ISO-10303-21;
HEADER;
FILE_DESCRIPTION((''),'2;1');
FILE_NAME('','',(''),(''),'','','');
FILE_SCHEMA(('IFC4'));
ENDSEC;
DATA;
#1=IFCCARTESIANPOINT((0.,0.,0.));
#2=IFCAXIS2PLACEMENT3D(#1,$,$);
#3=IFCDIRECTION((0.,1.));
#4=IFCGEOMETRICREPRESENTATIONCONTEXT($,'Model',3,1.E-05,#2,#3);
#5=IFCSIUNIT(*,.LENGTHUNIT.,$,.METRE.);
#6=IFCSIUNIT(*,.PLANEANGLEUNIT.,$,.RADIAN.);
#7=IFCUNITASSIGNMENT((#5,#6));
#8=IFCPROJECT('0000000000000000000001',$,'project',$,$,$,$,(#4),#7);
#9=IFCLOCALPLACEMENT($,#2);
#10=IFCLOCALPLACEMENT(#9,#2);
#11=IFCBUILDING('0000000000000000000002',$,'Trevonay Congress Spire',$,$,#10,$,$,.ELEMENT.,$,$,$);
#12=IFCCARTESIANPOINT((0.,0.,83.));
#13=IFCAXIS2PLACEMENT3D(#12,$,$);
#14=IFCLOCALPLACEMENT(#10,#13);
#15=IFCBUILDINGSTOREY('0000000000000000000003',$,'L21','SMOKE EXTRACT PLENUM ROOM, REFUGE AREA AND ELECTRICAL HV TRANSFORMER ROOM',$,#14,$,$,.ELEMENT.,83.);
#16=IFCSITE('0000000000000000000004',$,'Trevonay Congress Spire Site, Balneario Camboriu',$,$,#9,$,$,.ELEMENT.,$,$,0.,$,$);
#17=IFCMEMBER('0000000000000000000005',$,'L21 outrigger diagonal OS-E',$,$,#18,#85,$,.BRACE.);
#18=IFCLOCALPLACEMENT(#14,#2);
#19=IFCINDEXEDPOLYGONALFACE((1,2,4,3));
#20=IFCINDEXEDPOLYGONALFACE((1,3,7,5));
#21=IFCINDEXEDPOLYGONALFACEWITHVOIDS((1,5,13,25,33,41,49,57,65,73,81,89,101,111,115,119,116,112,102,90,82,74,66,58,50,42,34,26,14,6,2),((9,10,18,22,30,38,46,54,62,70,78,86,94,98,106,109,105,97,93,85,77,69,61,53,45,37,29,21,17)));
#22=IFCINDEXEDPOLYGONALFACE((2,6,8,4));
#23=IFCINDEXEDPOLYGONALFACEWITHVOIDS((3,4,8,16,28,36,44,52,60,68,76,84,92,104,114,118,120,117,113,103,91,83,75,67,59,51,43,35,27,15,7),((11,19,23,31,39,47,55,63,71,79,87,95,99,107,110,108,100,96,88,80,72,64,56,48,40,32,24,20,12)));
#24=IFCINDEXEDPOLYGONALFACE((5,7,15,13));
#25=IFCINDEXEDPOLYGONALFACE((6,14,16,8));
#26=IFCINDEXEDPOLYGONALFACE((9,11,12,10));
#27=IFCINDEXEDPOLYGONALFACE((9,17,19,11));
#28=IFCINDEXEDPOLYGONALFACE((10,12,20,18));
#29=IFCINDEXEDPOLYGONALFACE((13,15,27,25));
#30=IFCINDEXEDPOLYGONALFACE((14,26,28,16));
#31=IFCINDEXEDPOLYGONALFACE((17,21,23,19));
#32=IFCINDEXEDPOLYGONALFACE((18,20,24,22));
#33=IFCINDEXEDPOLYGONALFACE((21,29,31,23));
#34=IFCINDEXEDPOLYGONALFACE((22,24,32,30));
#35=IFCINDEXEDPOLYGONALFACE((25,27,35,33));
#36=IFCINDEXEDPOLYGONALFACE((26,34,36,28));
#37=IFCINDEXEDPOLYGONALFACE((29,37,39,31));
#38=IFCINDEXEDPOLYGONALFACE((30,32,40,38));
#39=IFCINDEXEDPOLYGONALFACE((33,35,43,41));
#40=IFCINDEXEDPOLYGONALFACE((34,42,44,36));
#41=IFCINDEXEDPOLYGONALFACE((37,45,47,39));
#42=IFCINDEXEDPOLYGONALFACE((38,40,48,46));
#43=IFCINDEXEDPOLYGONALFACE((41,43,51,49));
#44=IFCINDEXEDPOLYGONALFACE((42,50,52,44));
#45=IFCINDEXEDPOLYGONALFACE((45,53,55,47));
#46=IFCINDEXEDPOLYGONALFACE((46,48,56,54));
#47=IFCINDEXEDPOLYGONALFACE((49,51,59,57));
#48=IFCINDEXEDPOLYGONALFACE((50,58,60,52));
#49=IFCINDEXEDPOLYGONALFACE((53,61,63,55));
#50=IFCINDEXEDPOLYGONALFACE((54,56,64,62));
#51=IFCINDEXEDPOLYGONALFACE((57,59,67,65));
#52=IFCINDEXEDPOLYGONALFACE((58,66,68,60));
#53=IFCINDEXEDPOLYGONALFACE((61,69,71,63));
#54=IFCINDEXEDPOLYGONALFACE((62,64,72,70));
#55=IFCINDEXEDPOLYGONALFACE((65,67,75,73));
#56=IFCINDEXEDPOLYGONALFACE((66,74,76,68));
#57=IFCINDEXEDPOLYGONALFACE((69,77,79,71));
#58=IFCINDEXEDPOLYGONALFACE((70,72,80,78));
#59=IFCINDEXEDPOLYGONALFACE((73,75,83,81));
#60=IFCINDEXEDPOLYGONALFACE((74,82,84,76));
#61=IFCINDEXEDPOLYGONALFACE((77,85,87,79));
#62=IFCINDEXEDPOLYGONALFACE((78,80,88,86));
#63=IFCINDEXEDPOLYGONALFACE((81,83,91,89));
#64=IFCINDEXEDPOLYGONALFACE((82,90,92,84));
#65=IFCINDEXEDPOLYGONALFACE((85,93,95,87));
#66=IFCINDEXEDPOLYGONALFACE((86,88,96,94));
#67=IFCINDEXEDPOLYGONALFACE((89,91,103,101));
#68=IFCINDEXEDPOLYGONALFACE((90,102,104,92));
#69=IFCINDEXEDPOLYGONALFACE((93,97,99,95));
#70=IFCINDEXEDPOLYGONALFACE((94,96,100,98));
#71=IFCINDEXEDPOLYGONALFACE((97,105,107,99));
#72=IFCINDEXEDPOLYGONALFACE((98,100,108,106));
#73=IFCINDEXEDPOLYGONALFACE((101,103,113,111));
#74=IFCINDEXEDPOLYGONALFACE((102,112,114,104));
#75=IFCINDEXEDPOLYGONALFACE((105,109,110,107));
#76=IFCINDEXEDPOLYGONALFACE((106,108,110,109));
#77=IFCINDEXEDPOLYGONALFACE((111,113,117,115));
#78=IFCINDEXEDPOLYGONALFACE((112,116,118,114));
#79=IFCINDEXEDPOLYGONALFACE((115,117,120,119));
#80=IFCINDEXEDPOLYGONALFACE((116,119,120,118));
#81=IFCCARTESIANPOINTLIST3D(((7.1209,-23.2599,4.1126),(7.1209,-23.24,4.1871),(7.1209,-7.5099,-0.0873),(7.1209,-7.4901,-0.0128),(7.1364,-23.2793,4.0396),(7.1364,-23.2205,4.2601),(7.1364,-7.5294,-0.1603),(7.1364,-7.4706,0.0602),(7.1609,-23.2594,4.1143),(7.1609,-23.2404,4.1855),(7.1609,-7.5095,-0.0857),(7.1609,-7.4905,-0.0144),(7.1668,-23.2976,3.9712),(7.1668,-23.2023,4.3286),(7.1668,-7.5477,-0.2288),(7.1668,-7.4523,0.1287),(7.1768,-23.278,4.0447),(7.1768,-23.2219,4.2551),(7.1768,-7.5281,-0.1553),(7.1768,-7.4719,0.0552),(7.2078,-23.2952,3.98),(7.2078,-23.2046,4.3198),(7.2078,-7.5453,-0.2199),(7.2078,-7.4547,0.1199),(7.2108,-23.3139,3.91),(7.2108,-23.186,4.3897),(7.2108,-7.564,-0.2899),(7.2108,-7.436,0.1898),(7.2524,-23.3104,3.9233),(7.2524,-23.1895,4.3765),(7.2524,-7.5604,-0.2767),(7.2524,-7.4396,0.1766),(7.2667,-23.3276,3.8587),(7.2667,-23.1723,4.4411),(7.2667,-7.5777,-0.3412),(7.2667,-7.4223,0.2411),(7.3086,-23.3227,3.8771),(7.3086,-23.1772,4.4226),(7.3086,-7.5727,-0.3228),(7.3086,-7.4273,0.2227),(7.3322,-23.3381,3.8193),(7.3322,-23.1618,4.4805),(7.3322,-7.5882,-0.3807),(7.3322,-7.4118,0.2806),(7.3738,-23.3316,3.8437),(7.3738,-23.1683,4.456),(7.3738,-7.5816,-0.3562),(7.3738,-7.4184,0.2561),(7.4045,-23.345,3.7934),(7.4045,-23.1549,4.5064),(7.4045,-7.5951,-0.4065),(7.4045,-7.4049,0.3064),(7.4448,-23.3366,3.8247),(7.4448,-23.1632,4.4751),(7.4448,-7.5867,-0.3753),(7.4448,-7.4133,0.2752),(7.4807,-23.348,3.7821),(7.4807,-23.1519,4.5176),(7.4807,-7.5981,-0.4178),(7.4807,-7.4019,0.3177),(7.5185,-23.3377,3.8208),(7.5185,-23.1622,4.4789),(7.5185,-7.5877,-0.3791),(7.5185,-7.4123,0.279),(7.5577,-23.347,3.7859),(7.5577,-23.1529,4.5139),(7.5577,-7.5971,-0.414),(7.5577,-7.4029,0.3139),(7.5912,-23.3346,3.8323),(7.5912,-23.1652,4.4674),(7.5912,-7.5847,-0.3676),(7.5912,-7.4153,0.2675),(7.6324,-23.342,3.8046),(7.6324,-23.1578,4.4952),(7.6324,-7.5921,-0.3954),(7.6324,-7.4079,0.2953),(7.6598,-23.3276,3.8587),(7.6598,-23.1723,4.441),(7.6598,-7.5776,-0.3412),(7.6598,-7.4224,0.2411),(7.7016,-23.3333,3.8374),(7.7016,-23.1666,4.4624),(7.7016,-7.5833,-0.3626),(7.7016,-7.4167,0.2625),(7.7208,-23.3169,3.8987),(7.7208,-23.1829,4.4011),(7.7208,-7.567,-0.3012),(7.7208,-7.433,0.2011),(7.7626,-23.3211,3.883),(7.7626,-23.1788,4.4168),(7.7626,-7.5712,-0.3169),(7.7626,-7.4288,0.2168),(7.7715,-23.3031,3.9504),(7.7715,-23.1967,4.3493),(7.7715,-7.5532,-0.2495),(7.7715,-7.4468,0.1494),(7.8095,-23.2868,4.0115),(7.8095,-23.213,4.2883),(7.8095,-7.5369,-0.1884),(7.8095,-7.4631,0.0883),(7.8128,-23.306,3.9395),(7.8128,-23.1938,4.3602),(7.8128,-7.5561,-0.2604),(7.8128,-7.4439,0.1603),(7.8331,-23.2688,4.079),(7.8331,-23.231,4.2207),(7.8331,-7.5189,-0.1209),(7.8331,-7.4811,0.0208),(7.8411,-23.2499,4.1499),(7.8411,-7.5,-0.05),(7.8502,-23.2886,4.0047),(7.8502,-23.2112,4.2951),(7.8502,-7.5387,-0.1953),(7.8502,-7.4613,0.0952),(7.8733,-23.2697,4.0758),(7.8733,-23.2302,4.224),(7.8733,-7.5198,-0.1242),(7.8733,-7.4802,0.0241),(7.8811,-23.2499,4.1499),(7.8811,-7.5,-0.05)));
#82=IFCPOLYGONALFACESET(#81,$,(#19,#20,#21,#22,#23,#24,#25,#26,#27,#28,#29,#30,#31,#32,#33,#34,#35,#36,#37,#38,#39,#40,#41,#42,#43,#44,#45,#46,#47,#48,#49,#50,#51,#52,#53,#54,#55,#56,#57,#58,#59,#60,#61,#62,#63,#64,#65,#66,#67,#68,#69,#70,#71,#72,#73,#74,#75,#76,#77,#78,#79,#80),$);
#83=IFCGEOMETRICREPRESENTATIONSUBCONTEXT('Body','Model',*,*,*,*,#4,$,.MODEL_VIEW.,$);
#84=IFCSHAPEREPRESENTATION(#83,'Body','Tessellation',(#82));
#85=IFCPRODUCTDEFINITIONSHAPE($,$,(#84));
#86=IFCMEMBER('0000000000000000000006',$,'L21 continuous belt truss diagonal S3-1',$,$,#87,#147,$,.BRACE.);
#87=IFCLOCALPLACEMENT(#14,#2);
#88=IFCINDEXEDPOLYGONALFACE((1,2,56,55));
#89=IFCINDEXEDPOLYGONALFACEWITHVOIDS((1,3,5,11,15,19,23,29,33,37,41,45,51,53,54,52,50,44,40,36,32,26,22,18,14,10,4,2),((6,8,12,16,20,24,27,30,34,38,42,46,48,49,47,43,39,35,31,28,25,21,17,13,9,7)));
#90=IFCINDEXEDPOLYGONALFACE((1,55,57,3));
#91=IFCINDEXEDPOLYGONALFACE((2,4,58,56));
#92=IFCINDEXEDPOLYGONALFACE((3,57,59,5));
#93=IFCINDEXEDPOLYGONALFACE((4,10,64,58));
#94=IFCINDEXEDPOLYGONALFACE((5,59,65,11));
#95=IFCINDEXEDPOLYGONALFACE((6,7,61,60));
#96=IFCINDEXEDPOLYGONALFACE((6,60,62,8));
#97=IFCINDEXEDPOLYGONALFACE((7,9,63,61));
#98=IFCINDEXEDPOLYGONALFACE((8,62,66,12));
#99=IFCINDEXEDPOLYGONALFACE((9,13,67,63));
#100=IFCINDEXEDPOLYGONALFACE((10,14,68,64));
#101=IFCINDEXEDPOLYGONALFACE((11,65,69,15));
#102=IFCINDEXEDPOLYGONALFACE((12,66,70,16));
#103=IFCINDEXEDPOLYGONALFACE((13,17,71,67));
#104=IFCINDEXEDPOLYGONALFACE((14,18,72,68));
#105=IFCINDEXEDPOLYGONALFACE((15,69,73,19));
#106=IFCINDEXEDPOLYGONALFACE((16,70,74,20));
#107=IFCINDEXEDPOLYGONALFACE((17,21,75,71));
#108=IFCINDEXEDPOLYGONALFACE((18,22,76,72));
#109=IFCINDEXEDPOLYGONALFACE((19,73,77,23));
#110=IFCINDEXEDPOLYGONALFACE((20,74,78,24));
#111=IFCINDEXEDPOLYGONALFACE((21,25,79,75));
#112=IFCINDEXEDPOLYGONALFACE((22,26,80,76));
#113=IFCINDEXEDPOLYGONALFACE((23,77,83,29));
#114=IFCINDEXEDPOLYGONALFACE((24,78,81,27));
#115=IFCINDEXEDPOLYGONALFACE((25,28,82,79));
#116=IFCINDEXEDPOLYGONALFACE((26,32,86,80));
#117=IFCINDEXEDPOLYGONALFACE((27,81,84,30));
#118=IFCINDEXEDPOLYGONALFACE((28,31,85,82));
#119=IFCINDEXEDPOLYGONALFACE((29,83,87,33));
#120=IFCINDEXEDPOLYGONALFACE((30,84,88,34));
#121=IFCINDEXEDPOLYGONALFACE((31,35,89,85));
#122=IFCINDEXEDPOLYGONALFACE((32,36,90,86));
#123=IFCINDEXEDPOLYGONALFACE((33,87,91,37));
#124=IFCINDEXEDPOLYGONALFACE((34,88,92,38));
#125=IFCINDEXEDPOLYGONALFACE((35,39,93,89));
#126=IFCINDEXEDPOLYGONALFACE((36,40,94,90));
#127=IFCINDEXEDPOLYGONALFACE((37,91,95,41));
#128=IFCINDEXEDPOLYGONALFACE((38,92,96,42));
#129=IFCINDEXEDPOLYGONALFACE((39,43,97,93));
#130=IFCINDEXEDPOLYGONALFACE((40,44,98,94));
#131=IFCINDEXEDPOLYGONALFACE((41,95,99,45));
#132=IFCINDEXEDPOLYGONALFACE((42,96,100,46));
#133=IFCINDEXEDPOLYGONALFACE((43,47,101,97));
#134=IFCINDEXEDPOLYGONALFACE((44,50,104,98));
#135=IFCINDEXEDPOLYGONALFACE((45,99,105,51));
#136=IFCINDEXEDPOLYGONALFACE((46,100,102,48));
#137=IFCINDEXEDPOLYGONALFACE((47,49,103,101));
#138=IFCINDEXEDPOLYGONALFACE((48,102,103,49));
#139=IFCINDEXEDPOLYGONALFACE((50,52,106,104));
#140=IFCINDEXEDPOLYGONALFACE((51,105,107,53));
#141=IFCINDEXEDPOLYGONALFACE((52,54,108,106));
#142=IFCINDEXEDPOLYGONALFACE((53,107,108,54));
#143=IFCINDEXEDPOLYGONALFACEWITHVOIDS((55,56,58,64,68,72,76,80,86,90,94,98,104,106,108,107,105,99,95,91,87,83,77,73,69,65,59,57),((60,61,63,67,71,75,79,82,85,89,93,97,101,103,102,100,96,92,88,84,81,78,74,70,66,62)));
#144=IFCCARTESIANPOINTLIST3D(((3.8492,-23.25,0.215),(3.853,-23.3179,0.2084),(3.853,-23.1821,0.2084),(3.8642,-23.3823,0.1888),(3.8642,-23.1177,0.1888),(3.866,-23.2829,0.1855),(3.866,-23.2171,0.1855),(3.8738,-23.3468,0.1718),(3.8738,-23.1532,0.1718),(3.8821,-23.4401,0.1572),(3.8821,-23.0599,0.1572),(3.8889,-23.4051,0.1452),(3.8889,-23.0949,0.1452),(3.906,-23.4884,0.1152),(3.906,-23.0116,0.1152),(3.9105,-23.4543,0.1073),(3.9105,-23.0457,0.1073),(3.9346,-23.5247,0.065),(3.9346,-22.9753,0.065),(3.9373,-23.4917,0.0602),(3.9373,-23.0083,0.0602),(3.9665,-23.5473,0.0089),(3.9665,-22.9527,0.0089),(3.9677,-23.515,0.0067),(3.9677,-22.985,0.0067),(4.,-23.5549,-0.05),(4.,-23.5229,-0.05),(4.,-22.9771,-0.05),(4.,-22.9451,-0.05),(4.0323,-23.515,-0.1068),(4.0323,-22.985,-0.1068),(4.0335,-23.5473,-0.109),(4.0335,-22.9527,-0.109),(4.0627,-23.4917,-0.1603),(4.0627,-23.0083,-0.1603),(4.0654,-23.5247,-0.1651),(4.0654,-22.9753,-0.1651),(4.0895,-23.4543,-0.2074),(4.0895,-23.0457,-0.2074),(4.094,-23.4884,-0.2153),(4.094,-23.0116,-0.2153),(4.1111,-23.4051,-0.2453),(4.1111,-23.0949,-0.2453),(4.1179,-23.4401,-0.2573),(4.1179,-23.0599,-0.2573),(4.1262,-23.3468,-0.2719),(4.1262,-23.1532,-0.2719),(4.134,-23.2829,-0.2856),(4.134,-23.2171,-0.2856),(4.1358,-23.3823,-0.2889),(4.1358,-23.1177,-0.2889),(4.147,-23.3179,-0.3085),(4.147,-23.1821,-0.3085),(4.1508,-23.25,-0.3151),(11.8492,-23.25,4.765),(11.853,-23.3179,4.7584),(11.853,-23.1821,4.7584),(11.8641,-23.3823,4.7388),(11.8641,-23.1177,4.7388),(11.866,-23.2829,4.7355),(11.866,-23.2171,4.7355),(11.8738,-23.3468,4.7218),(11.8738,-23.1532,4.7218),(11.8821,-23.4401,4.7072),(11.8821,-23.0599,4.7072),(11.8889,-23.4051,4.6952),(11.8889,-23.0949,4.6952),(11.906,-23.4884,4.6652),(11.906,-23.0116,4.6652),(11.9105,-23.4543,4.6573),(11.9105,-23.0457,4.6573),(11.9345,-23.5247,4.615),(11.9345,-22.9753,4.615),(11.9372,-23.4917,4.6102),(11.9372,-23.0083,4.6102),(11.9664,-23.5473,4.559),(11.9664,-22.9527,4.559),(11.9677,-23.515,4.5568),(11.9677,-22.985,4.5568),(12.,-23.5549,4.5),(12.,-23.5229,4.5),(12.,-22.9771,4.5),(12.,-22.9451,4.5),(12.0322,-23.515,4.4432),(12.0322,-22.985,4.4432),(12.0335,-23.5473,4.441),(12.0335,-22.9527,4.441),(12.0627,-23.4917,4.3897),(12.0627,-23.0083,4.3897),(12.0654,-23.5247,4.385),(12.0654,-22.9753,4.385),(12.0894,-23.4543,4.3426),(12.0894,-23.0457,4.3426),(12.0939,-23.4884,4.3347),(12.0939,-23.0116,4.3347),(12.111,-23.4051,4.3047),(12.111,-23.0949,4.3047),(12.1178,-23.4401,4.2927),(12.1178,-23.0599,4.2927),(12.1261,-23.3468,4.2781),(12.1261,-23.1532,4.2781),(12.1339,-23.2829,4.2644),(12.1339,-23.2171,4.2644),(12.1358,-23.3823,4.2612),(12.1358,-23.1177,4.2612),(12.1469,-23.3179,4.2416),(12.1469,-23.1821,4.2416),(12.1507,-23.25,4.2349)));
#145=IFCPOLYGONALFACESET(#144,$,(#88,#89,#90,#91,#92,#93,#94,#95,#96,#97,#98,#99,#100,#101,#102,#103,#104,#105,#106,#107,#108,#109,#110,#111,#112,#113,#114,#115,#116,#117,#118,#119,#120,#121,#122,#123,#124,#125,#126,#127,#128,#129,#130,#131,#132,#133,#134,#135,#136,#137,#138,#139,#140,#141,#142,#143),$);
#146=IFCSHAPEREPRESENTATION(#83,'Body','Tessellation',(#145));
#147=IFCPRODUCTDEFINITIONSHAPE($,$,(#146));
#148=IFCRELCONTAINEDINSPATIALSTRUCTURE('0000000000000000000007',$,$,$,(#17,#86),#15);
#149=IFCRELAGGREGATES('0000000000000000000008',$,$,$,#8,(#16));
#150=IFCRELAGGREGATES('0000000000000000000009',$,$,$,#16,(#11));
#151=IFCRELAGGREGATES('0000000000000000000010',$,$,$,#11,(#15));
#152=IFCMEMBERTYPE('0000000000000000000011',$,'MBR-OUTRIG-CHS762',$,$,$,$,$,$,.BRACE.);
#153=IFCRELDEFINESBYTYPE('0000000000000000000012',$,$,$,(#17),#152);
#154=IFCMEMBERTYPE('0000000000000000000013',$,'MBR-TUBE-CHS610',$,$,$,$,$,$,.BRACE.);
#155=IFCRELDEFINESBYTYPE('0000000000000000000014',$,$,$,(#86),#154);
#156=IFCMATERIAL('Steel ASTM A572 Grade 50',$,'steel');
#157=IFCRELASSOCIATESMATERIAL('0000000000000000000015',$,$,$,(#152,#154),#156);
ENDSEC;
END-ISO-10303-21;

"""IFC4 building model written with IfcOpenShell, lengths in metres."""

from ifc_helpers import new_model, si_unit, direction, frame, origin, origin_2d, place, context, subcontext, project, spatial, hollow_circle, extrude, material, material_profile, profile_set, type_object, element, save


model = new_model("IFC4")

# Units and contexts
model_context = context("Model", 3, precision=1e-05, world=origin(), true_north=direction((0.0, 1.0)))
body_context = subcontext(model_context, "Body", "Model", "MODEL_VIEW")
ifc_project = project(units=[si_unit("LENGTHUNIT", "METRE"), si_unit("PLANEANGLEUNIT", "RADIAN")], contexts=[model_context])

# Site, building, storey
site_placement = place(None, origin())
site = spatial("IfcSite", under=ifc_project, at=site_placement, Name="Trevonay Congress Spire Site, Balneario Camboriu", CompositionType="ELEMENT", RefElevation=0.0)
building_placement = place(site_placement, origin())
building = spatial("IfcBuilding", under=site, at=building_placement, Name="Trevonay Congress Spire", CompositionType="ELEMENT")
storey_placement = place(building_placement, frame((0.0, 0.0, 83.0)))
storey = spatial("IfcBuildingStorey", under=building, at=storey_placement, Name="L21", Description="SMOKE EXTRACT PLENUM ROOM, REFUGE AREA AND ELECTRICAL HV TRANSFORMER ROOM", CompositionType="ELEMENT", Elevation=83.0)

# Shared definitions
ifc_material_1 = material(Name="Steel ASTM A572 Grade 50", Category="steel")

# Members
ifc_material_profile_1 = material_profile(ifc_material_1, hollow_circle(Radius=0.3811, WallThickness=0.04, at=origin_2d()), Name="CHS 762x40")
ifc_profile_set_1 = profile_set([ifc_material_profile_1], Name="Steel ASTM A572 Grade 50")
member_type_1 = type_object("IfcMemberType", Name="MBR-OUTRIG-CHS762", PredefinedType="BRACE", material=ifc_profile_set_1)
member_1_placement = place(storey_placement, frame((7.5, -7.5, -0.05), z_axis=(0.0, -0.966236, 0.25766), x_axis=(1.0, 0.0, 0.0)))
element("IfcMember", 1, at=member_1_placement, inside=storey, type_object=member_type_1, Name="L21 outrigger diagonal OS-E", PredefinedType="BRACE", context=body_context, shape_type="SweptSolid", body=[
    extrude(hollow_circle(Radius=0.3811, WallThickness=0.04, at=origin_2d()), origin(), (0.0, 0.0, 1.0), 16.3003),
])
ifc_material_profile_2 = material_profile(ifc_material_1, hollow_circle(Radius=0.3049, WallThickness=0.032, at=origin_2d()), Name="CHS 610x32")
ifc_profile_set_2 = profile_set([ifc_material_profile_2], Name="Steel ASTM A572 Grade 50")
member_type_2 = type_object("IfcMemberType", Name="MBR-TUBE-CHS610", PredefinedType="BRACE", material=ifc_profile_set_2)
member_2_placement = place(storey_placement, frame((4.0, -23.25, -0.05), z_axis=(0.869242, 0.0, 0.494387), x_axis=(0.0, 1.0, 0.0)))
element("IfcMember", 2, at=member_2_placement, inside=storey, type_object=member_type_2, Name="L21 continuous belt truss diagonal S3-1", PredefinedType="BRACE", context=body_context, shape_type="SweptSolid", body=[
    extrude(hollow_circle(Radius=0.3049, WallThickness=0.032, at=origin_2d()), origin(), (0.0, 0.0, 1.0), 9.2034),
])

save(model, "model.ifc")
